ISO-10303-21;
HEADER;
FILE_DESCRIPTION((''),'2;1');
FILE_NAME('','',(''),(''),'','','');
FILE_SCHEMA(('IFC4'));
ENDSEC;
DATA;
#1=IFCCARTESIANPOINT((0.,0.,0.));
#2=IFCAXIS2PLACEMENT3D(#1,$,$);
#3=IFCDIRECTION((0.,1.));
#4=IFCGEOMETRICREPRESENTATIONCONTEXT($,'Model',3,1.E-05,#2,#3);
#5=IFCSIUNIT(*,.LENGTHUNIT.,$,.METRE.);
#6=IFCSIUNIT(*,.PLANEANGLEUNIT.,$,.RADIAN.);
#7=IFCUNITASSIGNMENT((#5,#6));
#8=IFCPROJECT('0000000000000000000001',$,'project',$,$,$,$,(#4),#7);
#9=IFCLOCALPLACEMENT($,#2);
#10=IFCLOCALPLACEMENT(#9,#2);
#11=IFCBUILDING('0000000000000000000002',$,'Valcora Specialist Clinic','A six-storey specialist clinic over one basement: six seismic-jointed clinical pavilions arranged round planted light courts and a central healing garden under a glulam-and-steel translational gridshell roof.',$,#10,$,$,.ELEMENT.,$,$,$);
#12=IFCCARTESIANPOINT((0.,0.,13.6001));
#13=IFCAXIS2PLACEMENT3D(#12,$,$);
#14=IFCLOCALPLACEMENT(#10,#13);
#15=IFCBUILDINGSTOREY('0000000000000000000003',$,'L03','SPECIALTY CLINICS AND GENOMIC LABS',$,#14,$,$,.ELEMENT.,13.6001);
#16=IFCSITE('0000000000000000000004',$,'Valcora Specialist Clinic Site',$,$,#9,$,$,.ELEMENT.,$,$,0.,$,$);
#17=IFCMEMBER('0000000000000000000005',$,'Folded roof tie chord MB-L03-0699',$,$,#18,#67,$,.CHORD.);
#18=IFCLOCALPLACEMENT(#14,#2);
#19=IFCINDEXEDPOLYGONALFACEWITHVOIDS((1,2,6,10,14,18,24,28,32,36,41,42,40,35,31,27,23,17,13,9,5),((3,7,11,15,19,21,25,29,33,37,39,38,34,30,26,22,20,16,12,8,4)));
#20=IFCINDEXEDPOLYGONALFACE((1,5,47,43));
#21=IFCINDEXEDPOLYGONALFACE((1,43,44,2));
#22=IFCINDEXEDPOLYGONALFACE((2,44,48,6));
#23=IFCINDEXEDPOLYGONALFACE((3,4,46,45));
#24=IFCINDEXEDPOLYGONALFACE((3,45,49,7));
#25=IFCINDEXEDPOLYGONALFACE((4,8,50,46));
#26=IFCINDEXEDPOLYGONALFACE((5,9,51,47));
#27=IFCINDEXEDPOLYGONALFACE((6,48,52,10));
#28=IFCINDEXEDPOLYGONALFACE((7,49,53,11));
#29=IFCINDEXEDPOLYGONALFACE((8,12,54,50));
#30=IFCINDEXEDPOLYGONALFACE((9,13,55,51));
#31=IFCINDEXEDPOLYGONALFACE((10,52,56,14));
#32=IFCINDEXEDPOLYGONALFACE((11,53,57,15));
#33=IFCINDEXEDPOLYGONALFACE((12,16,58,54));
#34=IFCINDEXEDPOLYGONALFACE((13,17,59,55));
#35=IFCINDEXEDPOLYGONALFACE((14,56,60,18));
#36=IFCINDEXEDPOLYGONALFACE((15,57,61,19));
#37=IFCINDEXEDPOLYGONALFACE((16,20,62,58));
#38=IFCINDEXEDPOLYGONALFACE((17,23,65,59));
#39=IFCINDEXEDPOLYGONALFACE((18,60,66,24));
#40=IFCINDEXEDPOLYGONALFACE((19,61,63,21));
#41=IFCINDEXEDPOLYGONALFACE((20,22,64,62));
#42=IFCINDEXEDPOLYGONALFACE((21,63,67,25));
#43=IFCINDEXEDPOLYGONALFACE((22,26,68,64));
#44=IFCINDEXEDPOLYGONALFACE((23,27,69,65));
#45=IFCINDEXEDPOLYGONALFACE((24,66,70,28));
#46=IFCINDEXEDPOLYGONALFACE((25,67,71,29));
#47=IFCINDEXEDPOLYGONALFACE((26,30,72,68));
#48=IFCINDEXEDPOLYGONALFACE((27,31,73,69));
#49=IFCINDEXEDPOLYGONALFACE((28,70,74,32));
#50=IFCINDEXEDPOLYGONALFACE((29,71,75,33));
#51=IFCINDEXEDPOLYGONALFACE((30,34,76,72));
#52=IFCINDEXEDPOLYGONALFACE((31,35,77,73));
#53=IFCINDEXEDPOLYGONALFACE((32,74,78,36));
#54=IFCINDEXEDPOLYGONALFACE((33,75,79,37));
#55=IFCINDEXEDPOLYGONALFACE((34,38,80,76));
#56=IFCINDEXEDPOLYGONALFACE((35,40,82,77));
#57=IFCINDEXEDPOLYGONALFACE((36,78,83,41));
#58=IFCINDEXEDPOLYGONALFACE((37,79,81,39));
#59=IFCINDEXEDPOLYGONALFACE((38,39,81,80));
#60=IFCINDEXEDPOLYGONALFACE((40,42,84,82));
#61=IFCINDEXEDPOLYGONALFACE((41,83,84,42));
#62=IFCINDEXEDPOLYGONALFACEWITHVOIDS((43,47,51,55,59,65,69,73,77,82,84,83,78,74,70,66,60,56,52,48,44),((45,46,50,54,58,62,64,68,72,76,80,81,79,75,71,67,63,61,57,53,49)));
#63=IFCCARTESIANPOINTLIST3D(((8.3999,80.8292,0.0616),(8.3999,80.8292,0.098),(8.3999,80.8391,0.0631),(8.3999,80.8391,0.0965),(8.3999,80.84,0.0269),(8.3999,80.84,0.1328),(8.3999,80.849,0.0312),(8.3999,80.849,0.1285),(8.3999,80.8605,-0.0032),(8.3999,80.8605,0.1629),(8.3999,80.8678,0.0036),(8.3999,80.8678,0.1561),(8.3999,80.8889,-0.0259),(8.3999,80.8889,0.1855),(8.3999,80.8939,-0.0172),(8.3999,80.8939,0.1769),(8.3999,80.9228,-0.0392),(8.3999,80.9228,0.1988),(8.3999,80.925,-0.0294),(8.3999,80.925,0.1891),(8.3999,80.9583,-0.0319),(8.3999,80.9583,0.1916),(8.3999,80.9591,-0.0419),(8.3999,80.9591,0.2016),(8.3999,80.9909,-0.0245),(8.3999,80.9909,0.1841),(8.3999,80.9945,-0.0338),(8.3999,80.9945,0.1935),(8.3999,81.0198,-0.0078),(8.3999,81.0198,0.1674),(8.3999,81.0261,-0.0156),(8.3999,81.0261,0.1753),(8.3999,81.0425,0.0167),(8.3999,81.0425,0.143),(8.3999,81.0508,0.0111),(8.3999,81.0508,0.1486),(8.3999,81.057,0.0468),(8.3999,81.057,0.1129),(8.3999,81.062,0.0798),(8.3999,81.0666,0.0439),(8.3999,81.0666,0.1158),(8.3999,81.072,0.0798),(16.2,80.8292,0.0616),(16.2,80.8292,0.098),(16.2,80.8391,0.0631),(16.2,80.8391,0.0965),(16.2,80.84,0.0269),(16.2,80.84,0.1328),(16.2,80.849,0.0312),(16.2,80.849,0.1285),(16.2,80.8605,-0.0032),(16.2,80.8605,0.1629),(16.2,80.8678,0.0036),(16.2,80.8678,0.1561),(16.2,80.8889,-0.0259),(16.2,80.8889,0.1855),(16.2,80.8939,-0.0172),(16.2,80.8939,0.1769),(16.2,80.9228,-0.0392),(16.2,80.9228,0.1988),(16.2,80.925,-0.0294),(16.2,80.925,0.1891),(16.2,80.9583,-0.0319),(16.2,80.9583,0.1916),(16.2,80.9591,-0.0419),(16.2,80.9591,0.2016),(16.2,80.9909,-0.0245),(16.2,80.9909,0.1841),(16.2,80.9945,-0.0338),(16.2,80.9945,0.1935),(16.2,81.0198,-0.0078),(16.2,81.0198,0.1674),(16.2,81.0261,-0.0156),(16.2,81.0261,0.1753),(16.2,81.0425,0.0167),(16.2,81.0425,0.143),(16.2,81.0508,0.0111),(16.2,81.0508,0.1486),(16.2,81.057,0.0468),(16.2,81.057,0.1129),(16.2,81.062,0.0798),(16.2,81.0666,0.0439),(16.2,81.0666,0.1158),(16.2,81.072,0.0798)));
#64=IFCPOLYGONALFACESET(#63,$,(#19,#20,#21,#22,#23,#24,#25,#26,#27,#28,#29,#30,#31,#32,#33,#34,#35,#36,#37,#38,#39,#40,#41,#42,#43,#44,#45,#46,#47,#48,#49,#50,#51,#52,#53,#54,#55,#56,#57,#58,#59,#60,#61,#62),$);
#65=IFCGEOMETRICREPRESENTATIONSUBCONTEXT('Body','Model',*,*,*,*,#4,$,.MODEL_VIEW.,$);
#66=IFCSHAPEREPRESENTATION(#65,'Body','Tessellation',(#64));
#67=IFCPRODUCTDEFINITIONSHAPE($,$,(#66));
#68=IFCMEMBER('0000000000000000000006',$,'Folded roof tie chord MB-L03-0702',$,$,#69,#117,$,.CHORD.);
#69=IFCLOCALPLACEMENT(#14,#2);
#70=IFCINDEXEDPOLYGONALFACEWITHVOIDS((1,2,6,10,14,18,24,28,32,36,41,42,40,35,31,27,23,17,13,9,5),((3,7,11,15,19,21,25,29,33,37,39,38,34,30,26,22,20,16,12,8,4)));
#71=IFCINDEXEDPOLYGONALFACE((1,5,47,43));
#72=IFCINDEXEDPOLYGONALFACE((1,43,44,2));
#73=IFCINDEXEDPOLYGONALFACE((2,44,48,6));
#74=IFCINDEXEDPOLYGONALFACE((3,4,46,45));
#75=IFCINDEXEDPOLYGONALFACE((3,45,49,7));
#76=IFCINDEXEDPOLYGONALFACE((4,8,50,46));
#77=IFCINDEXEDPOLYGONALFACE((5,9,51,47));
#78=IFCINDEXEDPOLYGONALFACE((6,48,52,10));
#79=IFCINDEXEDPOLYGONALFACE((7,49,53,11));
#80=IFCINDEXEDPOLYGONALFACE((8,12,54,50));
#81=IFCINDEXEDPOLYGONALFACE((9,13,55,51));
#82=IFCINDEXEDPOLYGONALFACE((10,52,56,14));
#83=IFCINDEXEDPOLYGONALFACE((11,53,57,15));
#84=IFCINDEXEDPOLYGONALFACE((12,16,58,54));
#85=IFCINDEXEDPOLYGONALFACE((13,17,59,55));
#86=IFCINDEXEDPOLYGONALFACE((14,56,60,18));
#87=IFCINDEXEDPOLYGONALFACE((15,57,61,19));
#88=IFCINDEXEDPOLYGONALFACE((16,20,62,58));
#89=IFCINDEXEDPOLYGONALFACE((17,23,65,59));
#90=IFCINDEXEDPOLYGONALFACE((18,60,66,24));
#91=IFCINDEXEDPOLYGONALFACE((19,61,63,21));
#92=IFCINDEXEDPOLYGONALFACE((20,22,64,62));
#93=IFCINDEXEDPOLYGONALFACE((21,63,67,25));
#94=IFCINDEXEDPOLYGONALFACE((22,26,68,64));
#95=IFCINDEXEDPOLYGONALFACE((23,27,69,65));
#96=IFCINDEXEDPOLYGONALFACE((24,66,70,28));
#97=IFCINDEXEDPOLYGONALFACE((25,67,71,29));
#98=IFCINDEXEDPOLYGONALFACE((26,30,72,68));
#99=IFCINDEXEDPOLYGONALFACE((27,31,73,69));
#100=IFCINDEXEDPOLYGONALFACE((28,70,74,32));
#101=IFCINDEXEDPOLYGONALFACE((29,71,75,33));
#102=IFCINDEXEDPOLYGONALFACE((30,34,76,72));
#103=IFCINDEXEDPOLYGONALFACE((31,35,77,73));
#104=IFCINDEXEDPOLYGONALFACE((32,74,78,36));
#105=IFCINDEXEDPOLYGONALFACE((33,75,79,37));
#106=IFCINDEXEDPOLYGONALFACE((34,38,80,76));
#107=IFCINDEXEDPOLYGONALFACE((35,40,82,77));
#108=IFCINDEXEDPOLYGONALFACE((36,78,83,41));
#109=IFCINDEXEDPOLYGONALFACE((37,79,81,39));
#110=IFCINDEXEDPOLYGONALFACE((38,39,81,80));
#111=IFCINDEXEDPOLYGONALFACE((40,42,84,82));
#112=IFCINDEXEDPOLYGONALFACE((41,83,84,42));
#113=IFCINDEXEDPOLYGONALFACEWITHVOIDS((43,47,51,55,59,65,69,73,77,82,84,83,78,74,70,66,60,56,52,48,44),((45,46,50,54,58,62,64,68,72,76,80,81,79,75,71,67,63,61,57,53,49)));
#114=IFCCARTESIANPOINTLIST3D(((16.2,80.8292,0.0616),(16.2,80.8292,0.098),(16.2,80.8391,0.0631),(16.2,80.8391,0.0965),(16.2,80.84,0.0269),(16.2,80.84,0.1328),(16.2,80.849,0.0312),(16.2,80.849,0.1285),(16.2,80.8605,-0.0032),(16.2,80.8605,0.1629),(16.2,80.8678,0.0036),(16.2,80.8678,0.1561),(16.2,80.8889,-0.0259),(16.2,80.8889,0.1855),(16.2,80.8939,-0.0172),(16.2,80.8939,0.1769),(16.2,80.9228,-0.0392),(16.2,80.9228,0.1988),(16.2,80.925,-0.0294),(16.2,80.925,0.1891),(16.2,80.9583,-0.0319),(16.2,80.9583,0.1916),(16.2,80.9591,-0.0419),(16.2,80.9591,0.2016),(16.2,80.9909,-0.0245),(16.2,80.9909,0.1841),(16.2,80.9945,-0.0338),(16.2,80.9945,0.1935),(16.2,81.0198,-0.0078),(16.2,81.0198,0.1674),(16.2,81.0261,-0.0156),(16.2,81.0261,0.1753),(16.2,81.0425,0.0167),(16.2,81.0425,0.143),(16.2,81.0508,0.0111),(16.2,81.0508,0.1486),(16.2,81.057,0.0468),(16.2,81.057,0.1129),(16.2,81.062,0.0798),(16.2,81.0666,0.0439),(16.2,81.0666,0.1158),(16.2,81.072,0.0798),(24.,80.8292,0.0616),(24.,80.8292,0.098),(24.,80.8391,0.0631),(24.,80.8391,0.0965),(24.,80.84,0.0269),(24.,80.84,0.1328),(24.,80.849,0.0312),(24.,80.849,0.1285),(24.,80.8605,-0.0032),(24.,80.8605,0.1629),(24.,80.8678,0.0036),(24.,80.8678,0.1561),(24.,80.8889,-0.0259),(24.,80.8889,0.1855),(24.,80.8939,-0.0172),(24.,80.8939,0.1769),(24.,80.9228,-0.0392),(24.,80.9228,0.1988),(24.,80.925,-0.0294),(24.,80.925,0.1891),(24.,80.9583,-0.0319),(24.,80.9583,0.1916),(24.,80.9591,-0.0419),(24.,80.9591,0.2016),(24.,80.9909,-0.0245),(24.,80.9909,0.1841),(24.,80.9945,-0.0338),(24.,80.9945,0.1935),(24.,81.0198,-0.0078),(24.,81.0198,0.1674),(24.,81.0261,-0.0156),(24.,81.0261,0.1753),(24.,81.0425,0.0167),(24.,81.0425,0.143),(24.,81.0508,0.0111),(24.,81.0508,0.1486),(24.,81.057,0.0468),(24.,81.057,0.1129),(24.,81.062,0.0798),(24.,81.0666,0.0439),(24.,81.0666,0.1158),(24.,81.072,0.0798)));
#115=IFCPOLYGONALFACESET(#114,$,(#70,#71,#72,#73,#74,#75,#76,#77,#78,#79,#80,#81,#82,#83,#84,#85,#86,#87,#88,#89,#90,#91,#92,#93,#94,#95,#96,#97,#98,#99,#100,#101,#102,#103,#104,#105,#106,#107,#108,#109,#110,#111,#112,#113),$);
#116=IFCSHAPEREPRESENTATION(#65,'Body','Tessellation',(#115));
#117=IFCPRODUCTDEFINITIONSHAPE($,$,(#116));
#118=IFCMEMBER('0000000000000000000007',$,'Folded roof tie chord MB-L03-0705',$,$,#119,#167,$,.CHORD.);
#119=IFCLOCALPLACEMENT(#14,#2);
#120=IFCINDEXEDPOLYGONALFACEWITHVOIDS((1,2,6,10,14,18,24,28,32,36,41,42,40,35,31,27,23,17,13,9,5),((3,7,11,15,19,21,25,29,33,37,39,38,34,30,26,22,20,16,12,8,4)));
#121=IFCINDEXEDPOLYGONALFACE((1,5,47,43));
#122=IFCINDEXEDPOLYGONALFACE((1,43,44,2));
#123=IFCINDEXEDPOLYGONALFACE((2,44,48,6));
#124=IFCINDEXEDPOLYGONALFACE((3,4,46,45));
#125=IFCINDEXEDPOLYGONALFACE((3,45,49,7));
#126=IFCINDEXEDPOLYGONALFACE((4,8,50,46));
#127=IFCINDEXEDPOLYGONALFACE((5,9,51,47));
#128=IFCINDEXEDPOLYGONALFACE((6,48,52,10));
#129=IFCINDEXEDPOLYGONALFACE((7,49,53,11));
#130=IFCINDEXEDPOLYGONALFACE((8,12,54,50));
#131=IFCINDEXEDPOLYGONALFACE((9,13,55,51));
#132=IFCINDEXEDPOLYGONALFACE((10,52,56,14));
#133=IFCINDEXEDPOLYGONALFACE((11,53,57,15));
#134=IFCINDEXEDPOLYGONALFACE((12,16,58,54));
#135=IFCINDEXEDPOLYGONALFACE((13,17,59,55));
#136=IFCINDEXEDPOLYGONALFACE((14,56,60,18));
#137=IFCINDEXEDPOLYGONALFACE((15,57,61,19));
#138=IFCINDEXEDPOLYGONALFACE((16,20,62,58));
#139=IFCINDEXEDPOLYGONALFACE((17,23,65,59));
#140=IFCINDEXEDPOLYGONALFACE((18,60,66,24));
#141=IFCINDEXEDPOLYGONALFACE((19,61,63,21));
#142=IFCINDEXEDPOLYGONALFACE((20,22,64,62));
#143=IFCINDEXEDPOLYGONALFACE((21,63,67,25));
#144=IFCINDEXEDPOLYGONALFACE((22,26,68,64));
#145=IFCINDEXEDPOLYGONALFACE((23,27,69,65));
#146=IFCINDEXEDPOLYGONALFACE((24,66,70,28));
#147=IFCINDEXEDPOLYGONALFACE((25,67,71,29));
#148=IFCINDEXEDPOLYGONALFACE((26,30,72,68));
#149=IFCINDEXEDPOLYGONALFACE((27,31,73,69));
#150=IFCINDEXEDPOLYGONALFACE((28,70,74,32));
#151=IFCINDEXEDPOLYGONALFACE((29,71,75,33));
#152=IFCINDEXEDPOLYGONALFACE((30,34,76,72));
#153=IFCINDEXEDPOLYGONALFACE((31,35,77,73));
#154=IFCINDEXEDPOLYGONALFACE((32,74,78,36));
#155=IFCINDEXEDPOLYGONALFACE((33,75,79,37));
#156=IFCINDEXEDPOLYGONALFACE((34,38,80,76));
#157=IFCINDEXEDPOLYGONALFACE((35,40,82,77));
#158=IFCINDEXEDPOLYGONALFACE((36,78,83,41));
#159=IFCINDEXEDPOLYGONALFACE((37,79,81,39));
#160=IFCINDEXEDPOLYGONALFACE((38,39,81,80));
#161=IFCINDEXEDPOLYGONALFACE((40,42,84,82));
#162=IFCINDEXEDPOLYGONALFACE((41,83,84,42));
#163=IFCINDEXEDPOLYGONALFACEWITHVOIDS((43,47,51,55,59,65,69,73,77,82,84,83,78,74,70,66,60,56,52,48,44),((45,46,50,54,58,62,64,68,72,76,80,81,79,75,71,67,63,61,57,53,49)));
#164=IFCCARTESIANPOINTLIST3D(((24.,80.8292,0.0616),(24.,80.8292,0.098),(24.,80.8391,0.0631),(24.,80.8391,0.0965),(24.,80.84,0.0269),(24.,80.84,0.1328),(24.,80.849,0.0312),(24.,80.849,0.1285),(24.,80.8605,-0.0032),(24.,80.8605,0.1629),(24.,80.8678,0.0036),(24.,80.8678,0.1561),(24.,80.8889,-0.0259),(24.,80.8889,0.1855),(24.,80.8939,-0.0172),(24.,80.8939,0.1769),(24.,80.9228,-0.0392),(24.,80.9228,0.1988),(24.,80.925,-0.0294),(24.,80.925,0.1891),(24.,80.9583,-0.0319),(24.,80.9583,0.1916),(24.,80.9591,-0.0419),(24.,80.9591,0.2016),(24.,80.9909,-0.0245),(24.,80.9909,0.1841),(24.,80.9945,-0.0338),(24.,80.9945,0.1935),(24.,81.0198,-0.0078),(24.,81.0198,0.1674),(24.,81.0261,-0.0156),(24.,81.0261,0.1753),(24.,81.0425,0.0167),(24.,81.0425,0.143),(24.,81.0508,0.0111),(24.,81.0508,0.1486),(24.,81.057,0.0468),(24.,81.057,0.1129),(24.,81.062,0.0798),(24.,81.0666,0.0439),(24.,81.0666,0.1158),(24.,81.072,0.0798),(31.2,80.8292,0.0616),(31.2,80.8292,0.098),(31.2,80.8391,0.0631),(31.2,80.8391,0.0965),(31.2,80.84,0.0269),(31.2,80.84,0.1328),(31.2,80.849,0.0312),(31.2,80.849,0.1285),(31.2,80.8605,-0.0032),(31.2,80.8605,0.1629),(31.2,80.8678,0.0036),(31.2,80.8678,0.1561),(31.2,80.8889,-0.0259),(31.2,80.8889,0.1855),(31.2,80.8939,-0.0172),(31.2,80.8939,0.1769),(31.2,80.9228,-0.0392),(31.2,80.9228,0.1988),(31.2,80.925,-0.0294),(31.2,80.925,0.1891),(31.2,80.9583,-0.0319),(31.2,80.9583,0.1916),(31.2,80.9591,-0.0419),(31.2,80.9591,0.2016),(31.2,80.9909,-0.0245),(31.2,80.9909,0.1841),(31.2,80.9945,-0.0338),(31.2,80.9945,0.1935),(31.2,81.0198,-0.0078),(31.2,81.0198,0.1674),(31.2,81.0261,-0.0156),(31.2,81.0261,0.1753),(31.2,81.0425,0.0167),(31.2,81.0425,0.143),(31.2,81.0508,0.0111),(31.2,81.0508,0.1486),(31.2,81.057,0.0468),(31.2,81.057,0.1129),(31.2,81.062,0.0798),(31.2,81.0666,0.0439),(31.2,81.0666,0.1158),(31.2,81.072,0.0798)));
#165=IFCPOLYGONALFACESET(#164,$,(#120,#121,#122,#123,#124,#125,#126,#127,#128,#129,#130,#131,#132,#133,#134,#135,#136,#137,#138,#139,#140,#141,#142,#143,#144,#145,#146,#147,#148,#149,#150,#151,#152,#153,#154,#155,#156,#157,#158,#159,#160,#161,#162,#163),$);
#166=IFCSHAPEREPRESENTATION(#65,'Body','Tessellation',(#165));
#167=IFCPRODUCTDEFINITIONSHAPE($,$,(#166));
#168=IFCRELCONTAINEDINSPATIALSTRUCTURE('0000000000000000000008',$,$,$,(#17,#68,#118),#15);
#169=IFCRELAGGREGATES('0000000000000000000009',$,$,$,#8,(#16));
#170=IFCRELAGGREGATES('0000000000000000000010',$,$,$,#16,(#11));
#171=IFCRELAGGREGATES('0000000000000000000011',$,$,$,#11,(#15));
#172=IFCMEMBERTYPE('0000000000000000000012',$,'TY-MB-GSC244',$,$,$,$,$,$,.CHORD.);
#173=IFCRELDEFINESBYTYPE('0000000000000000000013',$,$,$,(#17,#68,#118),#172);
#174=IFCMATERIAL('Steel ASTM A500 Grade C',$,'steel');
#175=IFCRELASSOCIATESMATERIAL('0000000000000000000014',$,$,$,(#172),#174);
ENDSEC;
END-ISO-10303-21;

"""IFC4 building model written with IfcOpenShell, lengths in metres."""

from ifc_helpers import new_model, si_unit, direction, frame, origin, origin_2d, place, context, subcontext, project, spatial, hollow_circle, extrude, material, material_profile, profile_set, type_object, element, save


model = new_model("IFC4")

# Units and contexts
model_context = context("Model", 3, precision=1e-05, world=origin(), true_north=direction((0.0, 1.0)))
body_context = subcontext(model_context, "Body", "Model", "MODEL_VIEW")
ifc_project = project(units=[si_unit("LENGTHUNIT", "METRE"), si_unit("PLANEANGLEUNIT", "RADIAN")], contexts=[model_context])

# Site, building, storey
site_placement = place(None, origin())
site = spatial("IfcSite", under=ifc_project, at=site_placement, Name="Valcora Specialist Clinic Site", CompositionType="ELEMENT", RefElevation=0.0)
building_placement = place(site_placement, origin())
building = spatial("IfcBuilding", under=site, at=building_placement, Name="Valcora Specialist Clinic", Description="A six-storey specialist clinic over one basement: six seismic-jointed clinical pavilions arranged round planted light courts and a central healing garden under a glulam-and-steel translational gridshell roof.", CompositionType="ELEMENT")
storey_placement = place(building_placement, frame((0.0, 0.0, 13.6001)))
storey = spatial("IfcBuildingStorey", under=building, at=storey_placement, Name="L03", Description="SPECIALTY CLINICS AND GENOMIC LABS", CompositionType="ELEMENT", Elevation=13.6001)

# Shared definitions
ifc_material_1 = material(Name="Steel ASTM A500 Grade C", Category="steel")

# Members
ifc_material_profile_1 = material_profile(ifc_material_1, hollow_circle(Radius=0.1221, WallThickness=0.01, at=origin_2d()), Name="ST-CHS-244X10")
ifc_profile_set_1 = profile_set([ifc_material_profile_1], Name="Steel ASTM A500 Grade C")
member_type_1 = type_object("IfcMemberType", Name="TY-MB-GSC244", PredefinedType="CHORD", material=ifc_profile_set_1)
for number, where, z_axis, x_axis, name in (
    (1, (8.3999, 80.95, 0.0798), (1.0, 0.0, 0.0), (0.0, 1.0, 0.0), "Folded roof tie chord MB-L03-0699"),
    (2, (16.2, 80.95, 0.0798), (1.0, 0.0, 0.0), (0.0, 1.0, 0.0), "Folded roof tie chord MB-L03-0702"),
):
    element("IfcMember", number, at=place(storey_placement, frame(where, z_axis=z_axis, x_axis=x_axis)), inside=storey, type_object=member_type_1, Name=name, PredefinedType="CHORD", context=body_context, shape_type="SweptSolid", body=[
        extrude(hollow_circle(Radius=0.1221, WallThickness=0.01, at=origin_2d()), origin(), (0.0, 0.0, 1.0), 7.8),
    ])
member_1_placement = place(storey_placement, frame((24.0, 80.95, 0.0798), z_axis=(1.0, 0.0, 0.0), x_axis=(0.0, 1.0, 0.0)))
element("IfcMember", 3, at=member_1_placement, inside=storey, type_object=member_type_1, Name="Folded roof tie chord MB-L03-0705", PredefinedType="CHORD", context=body_context, shape_type="SweptSolid", body=[
    extrude(hollow_circle(Radius=0.1221, WallThickness=0.01, at=origin_2d()), origin(), (0.0, 0.0, 1.0), 7.2),
])

save(model, "model.ifc")
